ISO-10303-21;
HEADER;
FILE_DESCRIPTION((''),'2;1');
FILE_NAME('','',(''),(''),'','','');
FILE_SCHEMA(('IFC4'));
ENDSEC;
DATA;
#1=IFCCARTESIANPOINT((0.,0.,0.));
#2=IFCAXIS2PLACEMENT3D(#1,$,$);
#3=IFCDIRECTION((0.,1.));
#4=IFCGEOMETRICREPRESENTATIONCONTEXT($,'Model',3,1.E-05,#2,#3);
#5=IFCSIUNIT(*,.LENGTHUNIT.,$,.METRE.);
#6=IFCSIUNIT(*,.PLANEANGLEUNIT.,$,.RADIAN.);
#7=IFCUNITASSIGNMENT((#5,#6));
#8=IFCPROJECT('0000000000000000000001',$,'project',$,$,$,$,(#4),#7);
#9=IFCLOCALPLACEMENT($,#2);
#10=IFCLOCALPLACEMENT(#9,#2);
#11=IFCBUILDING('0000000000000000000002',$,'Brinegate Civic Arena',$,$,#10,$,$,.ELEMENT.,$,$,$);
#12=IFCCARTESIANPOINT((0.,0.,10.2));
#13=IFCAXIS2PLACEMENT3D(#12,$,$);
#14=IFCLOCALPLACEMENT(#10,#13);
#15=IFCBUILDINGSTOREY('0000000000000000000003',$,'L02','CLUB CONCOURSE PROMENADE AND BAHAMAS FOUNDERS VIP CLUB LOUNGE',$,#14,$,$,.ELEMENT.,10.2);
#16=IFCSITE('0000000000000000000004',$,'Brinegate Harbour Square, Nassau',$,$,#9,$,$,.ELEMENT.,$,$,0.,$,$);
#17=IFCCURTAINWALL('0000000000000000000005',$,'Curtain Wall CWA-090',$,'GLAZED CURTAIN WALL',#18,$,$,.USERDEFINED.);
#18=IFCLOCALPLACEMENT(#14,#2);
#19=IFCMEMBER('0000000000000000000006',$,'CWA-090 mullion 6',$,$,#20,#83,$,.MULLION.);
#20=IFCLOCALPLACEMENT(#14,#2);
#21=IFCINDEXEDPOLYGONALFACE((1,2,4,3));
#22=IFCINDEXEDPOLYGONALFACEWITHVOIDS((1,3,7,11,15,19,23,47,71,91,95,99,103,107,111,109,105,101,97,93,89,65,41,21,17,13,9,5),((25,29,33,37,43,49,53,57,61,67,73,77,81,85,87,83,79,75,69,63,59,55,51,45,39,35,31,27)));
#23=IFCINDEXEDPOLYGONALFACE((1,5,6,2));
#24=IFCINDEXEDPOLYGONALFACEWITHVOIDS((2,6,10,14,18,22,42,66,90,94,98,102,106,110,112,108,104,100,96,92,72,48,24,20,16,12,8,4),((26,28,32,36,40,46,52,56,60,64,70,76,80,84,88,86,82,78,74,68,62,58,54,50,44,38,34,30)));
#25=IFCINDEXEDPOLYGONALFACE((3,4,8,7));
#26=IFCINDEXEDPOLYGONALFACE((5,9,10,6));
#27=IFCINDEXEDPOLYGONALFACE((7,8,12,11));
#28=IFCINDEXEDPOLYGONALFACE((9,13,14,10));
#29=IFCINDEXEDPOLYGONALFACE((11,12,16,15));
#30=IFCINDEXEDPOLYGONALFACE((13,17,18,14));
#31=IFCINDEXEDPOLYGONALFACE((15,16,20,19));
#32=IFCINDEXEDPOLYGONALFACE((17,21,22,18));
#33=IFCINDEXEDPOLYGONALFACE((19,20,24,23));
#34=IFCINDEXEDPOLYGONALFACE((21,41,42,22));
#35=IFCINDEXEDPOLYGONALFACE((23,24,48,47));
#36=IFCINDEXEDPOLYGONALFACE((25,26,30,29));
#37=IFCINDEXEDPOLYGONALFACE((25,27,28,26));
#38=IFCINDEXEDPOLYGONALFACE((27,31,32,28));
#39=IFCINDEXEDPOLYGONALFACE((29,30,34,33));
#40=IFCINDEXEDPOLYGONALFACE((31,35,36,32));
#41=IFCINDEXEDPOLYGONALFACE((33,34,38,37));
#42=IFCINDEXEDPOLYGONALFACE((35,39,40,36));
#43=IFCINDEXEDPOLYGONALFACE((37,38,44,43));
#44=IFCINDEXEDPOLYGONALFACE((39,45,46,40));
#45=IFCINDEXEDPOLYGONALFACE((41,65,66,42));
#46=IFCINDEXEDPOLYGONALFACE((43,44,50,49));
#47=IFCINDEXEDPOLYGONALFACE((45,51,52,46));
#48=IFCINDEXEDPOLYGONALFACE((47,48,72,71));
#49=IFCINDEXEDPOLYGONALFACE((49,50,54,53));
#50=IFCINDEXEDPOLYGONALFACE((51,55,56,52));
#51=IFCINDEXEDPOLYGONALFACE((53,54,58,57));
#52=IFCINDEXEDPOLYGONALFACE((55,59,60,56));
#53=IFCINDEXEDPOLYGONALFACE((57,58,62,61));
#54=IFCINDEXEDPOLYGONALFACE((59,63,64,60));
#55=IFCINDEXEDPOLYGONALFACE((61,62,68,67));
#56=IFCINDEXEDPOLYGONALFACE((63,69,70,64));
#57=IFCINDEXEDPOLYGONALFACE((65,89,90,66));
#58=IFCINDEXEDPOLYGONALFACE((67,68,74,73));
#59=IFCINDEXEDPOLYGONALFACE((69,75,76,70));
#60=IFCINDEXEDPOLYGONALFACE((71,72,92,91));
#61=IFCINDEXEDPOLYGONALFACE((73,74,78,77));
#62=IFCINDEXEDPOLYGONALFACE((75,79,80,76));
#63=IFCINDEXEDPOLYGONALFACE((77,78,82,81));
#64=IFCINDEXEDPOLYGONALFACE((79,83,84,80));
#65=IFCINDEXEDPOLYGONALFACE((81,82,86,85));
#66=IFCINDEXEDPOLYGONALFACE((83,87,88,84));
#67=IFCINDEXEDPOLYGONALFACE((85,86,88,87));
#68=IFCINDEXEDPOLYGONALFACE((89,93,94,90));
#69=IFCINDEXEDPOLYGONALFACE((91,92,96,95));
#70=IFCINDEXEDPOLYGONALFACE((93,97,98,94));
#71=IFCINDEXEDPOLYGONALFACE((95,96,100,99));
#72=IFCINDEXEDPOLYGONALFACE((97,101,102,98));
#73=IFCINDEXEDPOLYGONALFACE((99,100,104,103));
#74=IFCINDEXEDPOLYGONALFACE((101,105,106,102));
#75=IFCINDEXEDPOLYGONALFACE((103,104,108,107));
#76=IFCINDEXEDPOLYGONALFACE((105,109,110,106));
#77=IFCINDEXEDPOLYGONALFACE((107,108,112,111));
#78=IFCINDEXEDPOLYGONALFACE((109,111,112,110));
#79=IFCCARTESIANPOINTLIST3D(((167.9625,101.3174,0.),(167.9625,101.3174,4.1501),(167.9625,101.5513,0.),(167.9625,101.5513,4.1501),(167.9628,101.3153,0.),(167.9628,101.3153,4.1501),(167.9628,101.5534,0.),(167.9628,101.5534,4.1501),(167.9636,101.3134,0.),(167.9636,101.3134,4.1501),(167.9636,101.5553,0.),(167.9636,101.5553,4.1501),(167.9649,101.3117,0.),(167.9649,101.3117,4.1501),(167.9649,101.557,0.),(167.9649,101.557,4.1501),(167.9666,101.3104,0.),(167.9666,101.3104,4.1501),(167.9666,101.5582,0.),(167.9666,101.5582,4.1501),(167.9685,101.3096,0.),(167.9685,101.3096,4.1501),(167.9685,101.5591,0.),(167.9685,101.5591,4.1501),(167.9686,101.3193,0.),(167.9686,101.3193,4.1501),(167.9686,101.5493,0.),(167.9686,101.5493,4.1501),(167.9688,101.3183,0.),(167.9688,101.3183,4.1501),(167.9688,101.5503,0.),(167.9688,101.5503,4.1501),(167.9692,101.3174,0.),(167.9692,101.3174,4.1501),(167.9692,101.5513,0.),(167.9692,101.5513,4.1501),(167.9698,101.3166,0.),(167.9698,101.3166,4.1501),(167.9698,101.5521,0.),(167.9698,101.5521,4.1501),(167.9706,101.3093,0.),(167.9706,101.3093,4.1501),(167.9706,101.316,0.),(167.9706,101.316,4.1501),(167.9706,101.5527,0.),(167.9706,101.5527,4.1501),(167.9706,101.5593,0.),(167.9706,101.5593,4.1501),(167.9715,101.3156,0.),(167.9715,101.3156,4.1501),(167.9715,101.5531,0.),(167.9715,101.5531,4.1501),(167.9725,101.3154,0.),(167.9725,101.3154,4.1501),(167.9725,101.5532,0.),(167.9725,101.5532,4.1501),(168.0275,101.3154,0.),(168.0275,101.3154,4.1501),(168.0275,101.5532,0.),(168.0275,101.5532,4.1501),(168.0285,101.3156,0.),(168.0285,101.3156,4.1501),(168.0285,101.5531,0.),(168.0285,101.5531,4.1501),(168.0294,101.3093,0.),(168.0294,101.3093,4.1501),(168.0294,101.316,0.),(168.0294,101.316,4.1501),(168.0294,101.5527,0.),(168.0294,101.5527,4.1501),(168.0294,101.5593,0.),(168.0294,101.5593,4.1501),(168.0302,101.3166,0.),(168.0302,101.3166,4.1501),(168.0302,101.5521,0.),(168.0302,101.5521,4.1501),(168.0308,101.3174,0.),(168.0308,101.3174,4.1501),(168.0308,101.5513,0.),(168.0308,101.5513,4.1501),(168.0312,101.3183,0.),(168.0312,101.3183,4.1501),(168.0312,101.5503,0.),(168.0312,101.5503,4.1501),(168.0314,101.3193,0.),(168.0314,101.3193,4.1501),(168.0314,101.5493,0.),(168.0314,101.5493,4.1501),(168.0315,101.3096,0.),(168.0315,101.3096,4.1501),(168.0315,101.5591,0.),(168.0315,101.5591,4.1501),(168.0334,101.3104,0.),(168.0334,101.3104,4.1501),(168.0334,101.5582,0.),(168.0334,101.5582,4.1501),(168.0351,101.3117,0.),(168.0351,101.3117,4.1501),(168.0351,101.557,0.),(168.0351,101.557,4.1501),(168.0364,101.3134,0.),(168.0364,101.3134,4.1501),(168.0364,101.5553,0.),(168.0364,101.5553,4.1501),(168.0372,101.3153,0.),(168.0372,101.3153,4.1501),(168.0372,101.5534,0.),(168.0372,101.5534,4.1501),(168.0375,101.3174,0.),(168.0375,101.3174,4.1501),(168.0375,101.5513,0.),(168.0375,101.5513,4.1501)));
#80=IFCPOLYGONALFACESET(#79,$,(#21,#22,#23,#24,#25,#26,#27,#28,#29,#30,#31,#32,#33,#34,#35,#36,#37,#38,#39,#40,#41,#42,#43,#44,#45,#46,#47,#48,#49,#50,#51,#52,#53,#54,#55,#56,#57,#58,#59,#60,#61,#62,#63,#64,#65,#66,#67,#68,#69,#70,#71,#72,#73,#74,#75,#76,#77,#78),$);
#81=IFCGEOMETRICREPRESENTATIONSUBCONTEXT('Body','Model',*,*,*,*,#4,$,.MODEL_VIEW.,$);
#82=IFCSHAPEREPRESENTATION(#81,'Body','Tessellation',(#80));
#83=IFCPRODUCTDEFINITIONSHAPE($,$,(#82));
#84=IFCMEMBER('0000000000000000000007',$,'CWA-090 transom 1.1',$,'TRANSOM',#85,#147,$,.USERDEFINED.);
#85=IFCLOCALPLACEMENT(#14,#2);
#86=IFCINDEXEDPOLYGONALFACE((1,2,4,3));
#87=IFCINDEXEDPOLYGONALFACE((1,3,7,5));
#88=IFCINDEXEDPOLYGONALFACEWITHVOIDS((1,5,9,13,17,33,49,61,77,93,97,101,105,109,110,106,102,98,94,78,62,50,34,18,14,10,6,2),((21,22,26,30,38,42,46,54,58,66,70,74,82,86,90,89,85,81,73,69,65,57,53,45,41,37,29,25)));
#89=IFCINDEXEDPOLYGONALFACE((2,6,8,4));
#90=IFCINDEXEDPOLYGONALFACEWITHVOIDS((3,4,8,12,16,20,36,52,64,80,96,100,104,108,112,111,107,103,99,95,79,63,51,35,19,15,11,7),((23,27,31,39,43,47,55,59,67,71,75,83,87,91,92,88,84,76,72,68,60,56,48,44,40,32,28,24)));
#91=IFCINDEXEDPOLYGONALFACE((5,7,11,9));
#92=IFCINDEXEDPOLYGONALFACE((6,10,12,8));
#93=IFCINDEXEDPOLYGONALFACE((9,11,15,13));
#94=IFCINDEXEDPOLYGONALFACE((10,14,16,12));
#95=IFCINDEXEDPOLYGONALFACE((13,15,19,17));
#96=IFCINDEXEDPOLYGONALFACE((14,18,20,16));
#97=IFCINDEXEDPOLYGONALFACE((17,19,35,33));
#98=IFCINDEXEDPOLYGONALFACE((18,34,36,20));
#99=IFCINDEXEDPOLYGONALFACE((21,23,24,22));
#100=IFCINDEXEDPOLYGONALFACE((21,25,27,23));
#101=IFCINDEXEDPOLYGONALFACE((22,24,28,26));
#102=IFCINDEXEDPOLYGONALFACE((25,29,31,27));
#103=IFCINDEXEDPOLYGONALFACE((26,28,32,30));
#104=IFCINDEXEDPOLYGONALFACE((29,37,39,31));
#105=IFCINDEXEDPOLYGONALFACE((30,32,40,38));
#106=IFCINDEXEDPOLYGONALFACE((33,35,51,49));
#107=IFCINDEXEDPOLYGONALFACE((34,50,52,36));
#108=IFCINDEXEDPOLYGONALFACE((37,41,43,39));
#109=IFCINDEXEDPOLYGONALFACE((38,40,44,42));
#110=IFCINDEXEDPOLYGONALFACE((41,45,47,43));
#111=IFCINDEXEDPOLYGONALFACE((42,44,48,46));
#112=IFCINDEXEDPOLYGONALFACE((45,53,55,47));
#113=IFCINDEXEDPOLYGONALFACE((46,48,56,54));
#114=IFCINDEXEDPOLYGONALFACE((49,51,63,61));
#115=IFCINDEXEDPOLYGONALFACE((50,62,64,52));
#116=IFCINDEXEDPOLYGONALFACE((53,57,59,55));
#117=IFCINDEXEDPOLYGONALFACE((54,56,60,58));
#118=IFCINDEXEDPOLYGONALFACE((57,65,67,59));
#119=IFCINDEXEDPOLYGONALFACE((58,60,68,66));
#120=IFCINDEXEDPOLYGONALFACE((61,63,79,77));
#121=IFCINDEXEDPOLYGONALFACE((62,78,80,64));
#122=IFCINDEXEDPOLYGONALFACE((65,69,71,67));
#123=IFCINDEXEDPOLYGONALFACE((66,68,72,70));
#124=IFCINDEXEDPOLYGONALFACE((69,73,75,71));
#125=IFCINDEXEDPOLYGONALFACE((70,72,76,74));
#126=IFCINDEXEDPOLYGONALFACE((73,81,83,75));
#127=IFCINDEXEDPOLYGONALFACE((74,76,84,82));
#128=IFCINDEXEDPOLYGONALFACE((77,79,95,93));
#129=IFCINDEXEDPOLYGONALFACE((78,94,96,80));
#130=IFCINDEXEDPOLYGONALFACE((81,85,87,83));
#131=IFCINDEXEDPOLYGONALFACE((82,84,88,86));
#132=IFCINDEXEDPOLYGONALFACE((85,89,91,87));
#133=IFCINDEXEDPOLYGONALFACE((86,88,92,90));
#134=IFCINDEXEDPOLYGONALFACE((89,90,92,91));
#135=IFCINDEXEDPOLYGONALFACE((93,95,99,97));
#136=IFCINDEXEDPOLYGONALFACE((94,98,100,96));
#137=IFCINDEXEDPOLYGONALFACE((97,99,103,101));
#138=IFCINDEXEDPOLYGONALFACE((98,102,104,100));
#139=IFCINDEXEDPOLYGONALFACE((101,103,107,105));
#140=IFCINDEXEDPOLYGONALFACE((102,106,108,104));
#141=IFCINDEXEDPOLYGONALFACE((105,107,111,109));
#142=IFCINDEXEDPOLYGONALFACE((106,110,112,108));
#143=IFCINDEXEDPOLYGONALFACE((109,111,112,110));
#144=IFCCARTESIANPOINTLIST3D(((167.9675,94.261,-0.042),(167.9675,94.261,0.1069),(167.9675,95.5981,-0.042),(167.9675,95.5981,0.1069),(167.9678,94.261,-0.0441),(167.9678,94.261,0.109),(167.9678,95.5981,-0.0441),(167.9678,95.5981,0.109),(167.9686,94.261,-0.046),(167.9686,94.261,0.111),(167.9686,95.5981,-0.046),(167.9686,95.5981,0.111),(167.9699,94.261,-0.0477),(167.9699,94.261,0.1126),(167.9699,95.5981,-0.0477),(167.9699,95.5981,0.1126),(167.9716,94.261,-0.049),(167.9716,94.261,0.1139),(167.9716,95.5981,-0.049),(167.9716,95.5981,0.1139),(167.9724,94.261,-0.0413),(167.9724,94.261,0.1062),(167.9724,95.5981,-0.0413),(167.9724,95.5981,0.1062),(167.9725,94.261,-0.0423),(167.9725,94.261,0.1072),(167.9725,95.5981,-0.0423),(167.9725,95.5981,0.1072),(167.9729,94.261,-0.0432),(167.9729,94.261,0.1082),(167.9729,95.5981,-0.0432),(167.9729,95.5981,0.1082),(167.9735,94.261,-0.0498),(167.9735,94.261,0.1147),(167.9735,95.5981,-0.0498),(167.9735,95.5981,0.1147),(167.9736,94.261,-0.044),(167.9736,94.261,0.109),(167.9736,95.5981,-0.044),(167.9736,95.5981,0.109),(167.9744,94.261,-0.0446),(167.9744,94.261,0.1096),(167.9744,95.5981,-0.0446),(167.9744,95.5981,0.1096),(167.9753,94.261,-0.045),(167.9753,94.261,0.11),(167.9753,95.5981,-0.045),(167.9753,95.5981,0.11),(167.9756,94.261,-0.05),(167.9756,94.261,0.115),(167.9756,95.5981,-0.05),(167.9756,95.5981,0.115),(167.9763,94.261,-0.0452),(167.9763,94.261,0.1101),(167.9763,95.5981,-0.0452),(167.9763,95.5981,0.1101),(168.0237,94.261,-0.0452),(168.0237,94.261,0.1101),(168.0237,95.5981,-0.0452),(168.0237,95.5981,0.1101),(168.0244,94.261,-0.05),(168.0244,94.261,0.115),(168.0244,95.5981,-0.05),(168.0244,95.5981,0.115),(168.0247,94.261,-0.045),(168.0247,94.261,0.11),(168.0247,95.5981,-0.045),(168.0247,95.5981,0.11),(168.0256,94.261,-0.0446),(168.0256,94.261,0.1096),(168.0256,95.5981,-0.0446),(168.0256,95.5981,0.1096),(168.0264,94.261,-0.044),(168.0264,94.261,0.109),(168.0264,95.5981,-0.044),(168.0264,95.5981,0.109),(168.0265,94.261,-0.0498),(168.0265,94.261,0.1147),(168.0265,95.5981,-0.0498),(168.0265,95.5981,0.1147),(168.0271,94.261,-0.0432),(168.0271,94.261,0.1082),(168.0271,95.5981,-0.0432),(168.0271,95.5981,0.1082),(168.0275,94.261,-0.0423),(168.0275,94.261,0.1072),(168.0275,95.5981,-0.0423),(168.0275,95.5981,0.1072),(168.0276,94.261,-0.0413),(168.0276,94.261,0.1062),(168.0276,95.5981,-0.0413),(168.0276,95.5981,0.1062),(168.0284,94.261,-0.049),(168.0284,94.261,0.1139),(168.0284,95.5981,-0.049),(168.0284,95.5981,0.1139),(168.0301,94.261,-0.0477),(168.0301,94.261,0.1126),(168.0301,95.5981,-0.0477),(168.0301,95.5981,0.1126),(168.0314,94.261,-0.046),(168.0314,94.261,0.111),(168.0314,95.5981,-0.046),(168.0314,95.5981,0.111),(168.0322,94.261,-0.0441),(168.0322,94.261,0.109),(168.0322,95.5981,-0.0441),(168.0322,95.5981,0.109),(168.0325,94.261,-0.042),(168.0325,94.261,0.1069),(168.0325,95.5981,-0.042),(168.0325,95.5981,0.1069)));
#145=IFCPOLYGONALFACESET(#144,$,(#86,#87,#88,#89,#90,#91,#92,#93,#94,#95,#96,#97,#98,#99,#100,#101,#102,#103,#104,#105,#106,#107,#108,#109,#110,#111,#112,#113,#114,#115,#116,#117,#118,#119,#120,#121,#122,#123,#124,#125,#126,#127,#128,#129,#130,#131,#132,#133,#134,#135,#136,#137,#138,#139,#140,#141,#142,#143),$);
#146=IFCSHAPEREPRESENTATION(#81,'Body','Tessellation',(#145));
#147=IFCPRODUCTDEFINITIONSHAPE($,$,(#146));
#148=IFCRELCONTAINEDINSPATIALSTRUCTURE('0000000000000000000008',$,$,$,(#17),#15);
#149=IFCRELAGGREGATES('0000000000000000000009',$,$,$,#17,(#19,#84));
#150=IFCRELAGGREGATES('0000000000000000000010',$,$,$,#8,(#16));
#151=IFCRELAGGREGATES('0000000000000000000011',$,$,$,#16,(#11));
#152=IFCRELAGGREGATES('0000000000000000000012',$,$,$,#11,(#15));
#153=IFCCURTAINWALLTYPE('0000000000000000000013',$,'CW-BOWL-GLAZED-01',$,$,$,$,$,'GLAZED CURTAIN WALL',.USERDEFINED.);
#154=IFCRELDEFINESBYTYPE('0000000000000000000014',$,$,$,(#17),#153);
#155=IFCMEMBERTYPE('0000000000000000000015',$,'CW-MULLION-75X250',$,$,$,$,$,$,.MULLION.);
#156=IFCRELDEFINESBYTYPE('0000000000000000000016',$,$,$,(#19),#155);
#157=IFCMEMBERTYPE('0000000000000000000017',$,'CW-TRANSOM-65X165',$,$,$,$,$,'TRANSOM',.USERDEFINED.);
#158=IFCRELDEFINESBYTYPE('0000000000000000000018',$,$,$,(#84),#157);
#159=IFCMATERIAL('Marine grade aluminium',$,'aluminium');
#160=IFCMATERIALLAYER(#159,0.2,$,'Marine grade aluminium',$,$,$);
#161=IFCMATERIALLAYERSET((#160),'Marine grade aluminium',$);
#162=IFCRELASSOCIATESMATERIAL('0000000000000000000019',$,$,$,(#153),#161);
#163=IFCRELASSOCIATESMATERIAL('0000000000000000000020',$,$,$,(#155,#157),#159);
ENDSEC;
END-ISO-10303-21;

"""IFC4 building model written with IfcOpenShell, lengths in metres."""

from ifc_helpers import new_model, si_unit, direction, frame, origin, origin_2d, place, context, subcontext, project, spatial, hollow_rectangle, extrude, material, layer, layer_set, material_profile, profile_set, type_object, element, aggregate, save


model = new_model("IFC4")

# Units and contexts
model_context = context("Model", 3, precision=1e-05, world=origin(), true_north=direction((0.0, 1.0)))
body_context = subcontext(model_context, "Body", "Model", "MODEL_VIEW")
ifc_project = project(units=[si_unit("LENGTHUNIT", "METRE"), si_unit("PLANEANGLEUNIT", "RADIAN")], contexts=[model_context])

# Site, building, storey
site_placement = place(None, origin())
site = spatial("IfcSite", under=ifc_project, at=site_placement, Name="Brinegate Harbour Square, Nassau", CompositionType="ELEMENT", RefElevation=0.0)
building_placement = place(site_placement, origin())
building = spatial("IfcBuilding", under=site, at=building_placement, Name="Brinegate Civic Arena", CompositionType="ELEMENT")
storey_placement = place(building_placement, frame((0.0, 0.0, 10.2)))
storey = spatial("IfcBuildingStorey", under=building, at=storey_placement, Name="L02", Description="CLUB CONCOURSE PROMENADE AND BAHAMAS FOUNDERS VIP CLUB LOUNGE", CompositionType="ELEMENT", Elevation=10.2)

# Shared definitions
ifc_material_1 = material(Name="Marine grade aluminium", Category="aluminium")
ifc_layer_1 = layer(ifc_material_1, 0.2, Name="Marine grade aluminium")
ifc_layer_set_1 = layer_set([ifc_layer_1], Name="Marine grade aluminium")
curtain_wall_type = type_object("IfcCurtainWallType", Name="CW-BOWL-GLAZED-01", ElementType="GLAZED CURTAIN WALL", PredefinedType="USERDEFINED", material=ifc_layer_set_1)

# Curtain wall, members
curtain_wall_1_placement = place(storey_placement, origin())
curtain_wall_1 = element("IfcCurtainWall", 1, at=curtain_wall_1_placement, inside=storey, type_object=curtain_wall_type, Name="Curtain Wall CWA-090", ObjectType="GLAZED CURTAIN WALL", PredefinedType="USERDEFINED")
ifc_material_profile_1 = material_profile(ifc_material_1, hollow_rectangle(XDim=0.075, YDim=0.25, WallThickness=0.0061, InnerFilletRadius=0.0039, OuterFilletRadius=0.0081, at=origin_2d()), Name="MUL75X250")
ifc_profile_set_1 = profile_set([ifc_material_profile_1], Name="Marine grade aluminium")
member_type_1 = type_object("IfcMemberType", Name="CW-MULLION-75X250", PredefinedType="MULLION", material=ifc_profile_set_1)
member_1_placement = place(storey_placement, frame((168.0, 101.4343, 0.0), z_axis=(0.0, 0.0, 1.0), x_axis=(-1.0, 0.0, 0.0)))
member_1 = element("IfcMember", 2, at=member_1_placement, type_object=member_type_1, Name="CWA-090 mullion 6", PredefinedType="MULLION", context=body_context, shape_type="SweptSolid", body=[
    extrude(hollow_rectangle(XDim=0.075, YDim=0.25, WallThickness=0.0061, InnerFilletRadius=0.0039, OuterFilletRadius=0.0081, at=origin_2d()), origin(), (0.0, 0.0, 1.0), 4.1501),
])
ifc_material_profile_2 = material_profile(ifc_material_1, hollow_rectangle(XDim=0.0649, YDim=0.165, WallThickness=0.0049, InnerFilletRadius=0.0039, OuterFilletRadius=0.0081, at=origin_2d()), Name="TRN65X165")
ifc_profile_set_2 = profile_set([ifc_material_profile_2], Name="Marine grade aluminium")
member_type_2 = type_object("IfcMemberType", Name="CW-TRANSOM-65X165", ElementType="TRANSOM", PredefinedType="USERDEFINED", material=ifc_profile_set_2)
member_2_placement = place(storey_placement, frame((168.0, 94.261, 0.0325), z_axis=(0.0, 1.0, 0.0), x_axis=(-1.0, 0.0, 0.0)))
member_2 = element("IfcMember", 3, at=member_2_placement, type_object=member_type_2, Name="CWA-090 transom 1.1", ObjectType="TRANSOM", PredefinedType="USERDEFINED", context=body_context, shape_type="SweptSolid", body=[
    extrude(hollow_rectangle(XDim=0.0649, YDim=0.165, WallThickness=0.0049, InnerFilletRadius=0.0039, OuterFilletRadius=0.0081, at=origin_2d()), origin(), (0.0, 0.0, 1.0), 1.3372),
])

aggregate(curtain_wall_1, [member_1, member_2])

save(model, "model.ifc")
